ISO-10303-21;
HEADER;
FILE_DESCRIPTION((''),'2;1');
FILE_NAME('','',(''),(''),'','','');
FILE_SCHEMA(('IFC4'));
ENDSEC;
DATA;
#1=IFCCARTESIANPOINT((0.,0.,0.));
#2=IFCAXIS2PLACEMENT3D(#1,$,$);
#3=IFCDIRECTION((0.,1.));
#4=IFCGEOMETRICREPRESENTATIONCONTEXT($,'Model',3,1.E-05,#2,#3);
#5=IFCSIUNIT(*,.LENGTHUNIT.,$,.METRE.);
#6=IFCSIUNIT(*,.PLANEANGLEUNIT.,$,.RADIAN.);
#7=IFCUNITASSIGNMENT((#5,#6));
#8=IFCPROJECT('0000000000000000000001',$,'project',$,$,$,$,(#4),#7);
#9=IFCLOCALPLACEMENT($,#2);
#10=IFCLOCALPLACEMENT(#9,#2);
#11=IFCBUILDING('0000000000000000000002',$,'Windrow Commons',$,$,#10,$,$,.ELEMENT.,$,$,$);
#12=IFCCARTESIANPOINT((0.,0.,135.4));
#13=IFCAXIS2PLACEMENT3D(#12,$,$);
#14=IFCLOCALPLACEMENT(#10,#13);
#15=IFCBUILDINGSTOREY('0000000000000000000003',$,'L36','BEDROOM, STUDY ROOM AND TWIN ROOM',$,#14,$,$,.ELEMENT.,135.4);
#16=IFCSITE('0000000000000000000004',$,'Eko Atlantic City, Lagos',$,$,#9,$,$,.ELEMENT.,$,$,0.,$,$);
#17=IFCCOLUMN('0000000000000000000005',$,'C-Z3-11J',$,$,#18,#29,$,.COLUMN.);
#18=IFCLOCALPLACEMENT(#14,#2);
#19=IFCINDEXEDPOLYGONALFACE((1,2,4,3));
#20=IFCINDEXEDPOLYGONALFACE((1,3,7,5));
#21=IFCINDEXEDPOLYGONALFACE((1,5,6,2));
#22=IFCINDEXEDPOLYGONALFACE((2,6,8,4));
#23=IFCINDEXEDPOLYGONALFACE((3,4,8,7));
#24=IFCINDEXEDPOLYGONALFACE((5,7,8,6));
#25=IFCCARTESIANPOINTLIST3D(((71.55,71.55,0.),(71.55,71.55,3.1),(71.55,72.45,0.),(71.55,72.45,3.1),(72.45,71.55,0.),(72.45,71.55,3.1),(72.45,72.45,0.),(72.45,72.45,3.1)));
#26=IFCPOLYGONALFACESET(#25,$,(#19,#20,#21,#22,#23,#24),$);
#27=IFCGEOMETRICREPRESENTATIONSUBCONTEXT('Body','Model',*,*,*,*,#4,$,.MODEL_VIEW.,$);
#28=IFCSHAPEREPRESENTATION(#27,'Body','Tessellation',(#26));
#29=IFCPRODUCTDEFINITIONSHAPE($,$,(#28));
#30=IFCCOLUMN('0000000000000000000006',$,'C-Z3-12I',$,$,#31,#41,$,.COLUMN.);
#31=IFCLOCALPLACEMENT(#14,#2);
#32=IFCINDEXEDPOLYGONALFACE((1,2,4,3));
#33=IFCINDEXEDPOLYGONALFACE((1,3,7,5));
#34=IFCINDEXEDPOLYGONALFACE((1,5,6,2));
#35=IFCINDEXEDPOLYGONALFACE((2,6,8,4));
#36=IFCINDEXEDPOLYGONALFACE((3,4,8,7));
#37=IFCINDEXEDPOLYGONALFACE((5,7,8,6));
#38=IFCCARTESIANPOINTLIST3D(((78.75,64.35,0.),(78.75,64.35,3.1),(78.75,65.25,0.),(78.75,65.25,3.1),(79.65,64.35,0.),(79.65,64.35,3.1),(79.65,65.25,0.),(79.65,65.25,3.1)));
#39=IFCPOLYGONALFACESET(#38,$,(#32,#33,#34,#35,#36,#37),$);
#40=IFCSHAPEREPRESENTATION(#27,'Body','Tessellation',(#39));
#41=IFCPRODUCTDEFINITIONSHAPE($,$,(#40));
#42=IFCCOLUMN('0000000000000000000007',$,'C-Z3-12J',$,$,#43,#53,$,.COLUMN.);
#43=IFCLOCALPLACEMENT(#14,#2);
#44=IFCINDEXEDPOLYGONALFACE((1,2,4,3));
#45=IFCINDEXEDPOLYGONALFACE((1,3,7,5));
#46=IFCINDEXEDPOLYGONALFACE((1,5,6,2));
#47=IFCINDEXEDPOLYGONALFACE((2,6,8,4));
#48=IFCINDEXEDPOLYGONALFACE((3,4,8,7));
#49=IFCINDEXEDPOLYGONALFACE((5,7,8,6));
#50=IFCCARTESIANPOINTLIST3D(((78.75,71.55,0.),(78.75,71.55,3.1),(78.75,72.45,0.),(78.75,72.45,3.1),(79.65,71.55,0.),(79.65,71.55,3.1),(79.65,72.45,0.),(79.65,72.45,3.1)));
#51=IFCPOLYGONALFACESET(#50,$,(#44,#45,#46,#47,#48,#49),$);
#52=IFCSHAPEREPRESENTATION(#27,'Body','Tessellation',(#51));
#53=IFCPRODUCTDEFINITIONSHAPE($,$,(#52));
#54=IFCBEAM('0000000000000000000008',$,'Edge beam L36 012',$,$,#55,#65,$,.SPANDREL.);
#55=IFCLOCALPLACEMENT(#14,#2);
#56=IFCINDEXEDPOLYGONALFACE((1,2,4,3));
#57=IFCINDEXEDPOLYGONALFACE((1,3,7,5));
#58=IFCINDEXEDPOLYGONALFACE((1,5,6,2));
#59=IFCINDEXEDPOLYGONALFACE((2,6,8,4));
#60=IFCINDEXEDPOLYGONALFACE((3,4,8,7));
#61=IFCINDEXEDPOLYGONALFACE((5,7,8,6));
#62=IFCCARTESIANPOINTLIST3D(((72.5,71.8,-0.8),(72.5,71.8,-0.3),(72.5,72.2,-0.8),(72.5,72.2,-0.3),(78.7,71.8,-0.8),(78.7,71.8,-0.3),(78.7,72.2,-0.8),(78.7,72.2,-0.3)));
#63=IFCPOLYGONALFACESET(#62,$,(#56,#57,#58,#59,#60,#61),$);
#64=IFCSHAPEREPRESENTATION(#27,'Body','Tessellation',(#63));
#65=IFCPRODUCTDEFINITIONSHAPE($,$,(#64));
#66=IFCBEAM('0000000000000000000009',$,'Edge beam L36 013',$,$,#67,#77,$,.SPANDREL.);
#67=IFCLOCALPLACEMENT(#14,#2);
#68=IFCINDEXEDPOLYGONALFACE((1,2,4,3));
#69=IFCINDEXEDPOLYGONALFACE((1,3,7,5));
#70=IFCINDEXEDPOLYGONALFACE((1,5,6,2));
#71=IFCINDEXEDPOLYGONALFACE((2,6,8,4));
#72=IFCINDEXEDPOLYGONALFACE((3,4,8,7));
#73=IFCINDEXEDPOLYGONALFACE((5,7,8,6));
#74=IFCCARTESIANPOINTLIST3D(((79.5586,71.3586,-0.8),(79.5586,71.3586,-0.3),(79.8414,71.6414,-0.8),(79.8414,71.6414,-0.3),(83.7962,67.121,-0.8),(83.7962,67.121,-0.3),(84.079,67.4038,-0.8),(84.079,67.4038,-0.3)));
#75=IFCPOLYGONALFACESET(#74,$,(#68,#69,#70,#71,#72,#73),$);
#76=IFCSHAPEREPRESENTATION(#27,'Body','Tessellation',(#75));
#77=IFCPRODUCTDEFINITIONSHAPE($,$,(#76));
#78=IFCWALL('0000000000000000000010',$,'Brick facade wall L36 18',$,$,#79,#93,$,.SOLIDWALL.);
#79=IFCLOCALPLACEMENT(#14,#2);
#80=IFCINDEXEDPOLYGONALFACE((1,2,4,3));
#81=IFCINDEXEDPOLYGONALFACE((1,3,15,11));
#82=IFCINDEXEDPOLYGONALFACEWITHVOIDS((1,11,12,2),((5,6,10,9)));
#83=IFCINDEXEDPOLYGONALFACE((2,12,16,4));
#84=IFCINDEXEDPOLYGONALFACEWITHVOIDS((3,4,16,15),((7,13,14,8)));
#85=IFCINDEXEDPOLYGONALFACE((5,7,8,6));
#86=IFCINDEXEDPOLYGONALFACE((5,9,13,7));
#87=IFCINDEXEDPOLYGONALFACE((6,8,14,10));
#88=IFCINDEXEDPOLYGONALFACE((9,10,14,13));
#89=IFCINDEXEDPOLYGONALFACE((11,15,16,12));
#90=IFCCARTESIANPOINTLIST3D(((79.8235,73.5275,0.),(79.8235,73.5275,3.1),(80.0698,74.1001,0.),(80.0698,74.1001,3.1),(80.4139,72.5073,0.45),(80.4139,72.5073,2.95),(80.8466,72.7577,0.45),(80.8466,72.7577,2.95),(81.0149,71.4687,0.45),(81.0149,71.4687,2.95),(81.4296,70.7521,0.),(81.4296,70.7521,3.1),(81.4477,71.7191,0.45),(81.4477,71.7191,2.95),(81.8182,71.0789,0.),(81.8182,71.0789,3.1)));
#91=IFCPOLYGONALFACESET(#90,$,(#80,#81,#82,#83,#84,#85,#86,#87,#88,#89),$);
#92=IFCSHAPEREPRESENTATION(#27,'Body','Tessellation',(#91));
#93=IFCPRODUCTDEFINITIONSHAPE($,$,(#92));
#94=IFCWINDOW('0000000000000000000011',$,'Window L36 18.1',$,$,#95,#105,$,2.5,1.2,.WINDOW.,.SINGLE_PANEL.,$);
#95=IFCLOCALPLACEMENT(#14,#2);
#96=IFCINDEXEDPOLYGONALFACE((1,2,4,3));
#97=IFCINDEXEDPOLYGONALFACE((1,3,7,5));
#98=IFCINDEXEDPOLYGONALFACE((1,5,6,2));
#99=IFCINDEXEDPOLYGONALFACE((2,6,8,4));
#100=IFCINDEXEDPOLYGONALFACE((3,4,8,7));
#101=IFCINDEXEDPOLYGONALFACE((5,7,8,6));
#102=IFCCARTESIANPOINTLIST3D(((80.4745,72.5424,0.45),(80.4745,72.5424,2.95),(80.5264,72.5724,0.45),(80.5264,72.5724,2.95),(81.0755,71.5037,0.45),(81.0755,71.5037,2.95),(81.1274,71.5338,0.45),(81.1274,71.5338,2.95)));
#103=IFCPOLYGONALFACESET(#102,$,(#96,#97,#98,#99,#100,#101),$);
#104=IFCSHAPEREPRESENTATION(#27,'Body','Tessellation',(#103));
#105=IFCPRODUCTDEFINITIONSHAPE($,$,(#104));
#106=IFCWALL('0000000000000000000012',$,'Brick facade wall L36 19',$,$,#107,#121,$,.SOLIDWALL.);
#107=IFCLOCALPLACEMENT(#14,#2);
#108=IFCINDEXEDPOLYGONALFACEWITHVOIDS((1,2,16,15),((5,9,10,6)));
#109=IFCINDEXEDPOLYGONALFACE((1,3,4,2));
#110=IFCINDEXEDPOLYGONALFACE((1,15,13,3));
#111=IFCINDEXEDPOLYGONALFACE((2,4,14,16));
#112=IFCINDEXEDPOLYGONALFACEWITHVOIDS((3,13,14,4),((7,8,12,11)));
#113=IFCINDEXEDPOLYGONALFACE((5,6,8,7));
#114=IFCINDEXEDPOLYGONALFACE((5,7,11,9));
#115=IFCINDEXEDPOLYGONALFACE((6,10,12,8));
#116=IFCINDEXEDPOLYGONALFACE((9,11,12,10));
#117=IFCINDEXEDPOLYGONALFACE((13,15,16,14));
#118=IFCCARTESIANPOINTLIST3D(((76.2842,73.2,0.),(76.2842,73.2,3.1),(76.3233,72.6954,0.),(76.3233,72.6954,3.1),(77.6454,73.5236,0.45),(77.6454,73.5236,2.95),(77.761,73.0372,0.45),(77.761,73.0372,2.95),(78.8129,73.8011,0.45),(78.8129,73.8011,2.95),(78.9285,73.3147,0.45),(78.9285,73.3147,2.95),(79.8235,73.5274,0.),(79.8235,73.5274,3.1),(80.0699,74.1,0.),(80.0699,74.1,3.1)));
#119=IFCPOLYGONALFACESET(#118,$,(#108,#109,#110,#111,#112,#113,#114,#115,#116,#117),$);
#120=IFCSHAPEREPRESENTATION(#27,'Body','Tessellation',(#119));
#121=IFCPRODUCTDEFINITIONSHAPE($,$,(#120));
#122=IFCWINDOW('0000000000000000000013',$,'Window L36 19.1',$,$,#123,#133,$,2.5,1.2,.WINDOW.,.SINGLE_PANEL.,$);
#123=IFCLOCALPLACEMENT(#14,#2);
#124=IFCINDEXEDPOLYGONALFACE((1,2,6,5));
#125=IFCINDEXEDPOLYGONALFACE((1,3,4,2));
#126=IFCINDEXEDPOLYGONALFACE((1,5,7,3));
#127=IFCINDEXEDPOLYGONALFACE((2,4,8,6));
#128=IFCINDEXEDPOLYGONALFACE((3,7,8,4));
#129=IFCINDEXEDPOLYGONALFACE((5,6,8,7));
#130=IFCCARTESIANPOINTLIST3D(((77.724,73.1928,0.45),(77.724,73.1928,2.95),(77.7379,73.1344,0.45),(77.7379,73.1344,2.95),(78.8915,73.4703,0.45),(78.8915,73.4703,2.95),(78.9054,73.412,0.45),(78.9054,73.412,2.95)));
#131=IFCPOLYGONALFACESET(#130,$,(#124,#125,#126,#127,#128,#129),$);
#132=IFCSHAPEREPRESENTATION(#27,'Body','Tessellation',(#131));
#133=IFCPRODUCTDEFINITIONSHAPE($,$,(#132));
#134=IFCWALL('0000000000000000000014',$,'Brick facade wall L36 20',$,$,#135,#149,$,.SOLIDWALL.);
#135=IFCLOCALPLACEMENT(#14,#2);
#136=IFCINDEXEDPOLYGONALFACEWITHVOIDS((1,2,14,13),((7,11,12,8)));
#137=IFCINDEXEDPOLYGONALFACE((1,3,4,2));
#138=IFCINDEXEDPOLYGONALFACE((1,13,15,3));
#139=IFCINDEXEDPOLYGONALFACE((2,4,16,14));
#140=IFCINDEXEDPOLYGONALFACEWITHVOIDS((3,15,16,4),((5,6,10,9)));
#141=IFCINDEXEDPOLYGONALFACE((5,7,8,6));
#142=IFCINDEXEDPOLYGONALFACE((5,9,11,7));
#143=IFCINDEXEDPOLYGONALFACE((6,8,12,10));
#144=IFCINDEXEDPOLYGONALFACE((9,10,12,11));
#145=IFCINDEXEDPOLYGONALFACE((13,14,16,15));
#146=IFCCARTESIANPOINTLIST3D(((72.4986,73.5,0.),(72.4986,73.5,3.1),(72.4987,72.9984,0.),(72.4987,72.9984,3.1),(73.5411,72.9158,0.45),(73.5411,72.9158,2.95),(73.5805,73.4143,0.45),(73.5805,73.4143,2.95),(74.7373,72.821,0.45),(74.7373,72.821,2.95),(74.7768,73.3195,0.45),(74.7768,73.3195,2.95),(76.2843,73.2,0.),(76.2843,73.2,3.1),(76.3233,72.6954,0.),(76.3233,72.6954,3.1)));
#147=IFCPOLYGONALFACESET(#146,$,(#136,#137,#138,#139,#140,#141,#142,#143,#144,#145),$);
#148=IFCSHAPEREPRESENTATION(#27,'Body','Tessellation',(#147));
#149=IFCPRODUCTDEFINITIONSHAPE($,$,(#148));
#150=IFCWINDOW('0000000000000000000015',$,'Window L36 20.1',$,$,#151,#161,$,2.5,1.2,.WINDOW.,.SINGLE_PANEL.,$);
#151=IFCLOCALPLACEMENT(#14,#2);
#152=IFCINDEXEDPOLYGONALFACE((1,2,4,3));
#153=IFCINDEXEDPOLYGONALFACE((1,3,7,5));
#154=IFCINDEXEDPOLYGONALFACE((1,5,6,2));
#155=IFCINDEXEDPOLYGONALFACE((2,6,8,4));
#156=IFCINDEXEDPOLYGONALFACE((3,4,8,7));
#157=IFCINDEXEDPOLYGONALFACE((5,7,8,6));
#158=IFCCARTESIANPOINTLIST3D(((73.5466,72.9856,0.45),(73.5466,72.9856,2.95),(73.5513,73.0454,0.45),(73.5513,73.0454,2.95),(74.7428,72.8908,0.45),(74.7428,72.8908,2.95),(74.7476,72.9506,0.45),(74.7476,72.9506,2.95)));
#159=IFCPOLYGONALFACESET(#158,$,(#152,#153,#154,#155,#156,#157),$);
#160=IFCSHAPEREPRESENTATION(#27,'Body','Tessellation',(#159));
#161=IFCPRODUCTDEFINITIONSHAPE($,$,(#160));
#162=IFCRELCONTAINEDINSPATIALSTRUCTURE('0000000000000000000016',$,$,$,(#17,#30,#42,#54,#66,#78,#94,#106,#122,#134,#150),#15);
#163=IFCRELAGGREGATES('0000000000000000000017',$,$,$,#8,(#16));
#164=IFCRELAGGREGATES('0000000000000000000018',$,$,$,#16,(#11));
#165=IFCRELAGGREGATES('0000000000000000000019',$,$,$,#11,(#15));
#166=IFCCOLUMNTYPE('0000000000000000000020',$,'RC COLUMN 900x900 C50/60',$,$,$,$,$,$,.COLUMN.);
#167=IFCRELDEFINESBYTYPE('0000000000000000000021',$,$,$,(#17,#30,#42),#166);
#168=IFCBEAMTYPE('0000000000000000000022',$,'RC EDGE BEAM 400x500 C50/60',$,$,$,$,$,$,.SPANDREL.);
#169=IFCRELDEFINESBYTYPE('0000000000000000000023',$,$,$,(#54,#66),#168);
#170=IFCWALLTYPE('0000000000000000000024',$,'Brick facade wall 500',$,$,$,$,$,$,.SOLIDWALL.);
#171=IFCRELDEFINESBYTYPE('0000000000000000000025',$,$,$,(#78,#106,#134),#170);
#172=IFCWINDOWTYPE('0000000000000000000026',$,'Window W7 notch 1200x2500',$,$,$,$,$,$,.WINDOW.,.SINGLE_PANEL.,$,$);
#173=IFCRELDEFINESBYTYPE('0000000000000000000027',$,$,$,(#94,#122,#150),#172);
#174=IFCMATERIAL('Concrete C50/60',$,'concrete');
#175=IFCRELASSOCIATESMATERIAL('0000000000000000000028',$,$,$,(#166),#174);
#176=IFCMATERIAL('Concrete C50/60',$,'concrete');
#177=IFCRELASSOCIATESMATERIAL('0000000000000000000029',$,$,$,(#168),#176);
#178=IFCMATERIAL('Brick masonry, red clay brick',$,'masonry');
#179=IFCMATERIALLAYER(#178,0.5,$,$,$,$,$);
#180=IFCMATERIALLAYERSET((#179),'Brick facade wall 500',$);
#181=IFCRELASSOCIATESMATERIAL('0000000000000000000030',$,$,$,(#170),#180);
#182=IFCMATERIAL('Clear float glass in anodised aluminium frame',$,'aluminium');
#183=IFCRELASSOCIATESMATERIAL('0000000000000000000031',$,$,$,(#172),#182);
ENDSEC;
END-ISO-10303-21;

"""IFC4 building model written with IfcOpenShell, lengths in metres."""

from ifc_helpers import new_model, si_unit, direction, frame, frame_2d, origin, origin_2d, place, context, subcontext, project, spatial, polyline, rectangle, outline, extrude, material, layer, layer_set, material_profile, profile_set, type_object, element, fill, save


model = new_model("IFC4")

# Units and contexts
model_context = context("Model", 3, precision=1e-05, world=origin(), true_north=direction((0.0, 1.0)))
body_context = subcontext(model_context, "Body", "Model", "MODEL_VIEW")
ifc_project = project(units=[si_unit("LENGTHUNIT", "METRE"), si_unit("PLANEANGLEUNIT", "RADIAN")], contexts=[model_context])

# Site, building, storey
site_placement = place(None, origin())
site = spatial("IfcSite", under=ifc_project, at=site_placement, Name="Eko Atlantic City, Lagos", CompositionType="ELEMENT", RefElevation=0.0)
building_placement = place(site_placement, origin())
building = spatial("IfcBuilding", under=site, at=building_placement, Name="Windrow Commons", CompositionType="ELEMENT")
storey_placement = place(building_placement, frame((0.0, 0.0, 135.4)))
storey = spatial("IfcBuildingStorey", under=building, at=storey_placement, Name="L36", Description="BEDROOM, STUDY ROOM AND TWIN ROOM", CompositionType="ELEMENT", Elevation=135.4)

# Columns
ifc_material_1 = material(Name="Concrete C50/60", Category="concrete")
ifc_material_profile_1 = material_profile(ifc_material_1, rectangle(XDim=0.9, YDim=0.9, at=origin_2d()))
ifc_profile_set_1 = profile_set([ifc_material_profile_1], Name="Concrete C50/60")
column_type = type_object("IfcColumnType", Name="RC COLUMN 900x900 C50/60", PredefinedType="COLUMN", material=ifc_profile_set_1)
for number, where, z_axis, x_axis, name in (
    (1, (72.0, 72.0, 0.0), (0.0, 0.0, 1.0), (1.0, 0.0, 0.0), "C-Z3-11J"),
    (2, (79.2, 64.8, 0.0), (0.0, 0.0, 1.0), (1.0, 0.0, 0.0), "C-Z3-12I"),
    (3, (79.2, 72.0, 0.0), (0.0, 0.0, 1.0), (1.0, 0.0, 0.0), "C-Z3-12J"),
):
    element("IfcColumn", number, at=place(storey_placement, frame(where, z_axis=z_axis, x_axis=x_axis)), inside=storey, type_object=column_type, Name=name, PredefinedType="COLUMN", context=body_context, shape_type="SweptSolid", body=[
        extrude(rectangle(XDim=0.9, YDim=0.9, at=origin_2d()), origin(), (0.0, 0.0, 1.0), 3.1),
    ])

# Beams
ifc_material_2 = material(Name="Concrete C50/60", Category="concrete")
ifc_material_profile_2 = material_profile(ifc_material_2, rectangle(XDim=0.4, YDim=0.5, at=origin_2d()))
ifc_profile_set_2 = profile_set([ifc_material_profile_2], Name="Concrete C50/60")
beam_type = type_object("IfcBeamType", Name="RC EDGE BEAM 400x500 C50/60", PredefinedType="SPANDREL", material=ifc_profile_set_2)
beam_1_placement = place(storey_placement, frame((72.5, 72.0, -0.55), z_axis=(1.0, 0.0, 0.0), x_axis=(0.0, 1.0, 0.0)))
element("IfcBeam", 4, at=beam_1_placement, inside=storey, type_object=beam_type, Name="Edge beam L36 012", PredefinedType="SPANDREL", context=body_context, shape_type="SweptSolid", body=[
    extrude(rectangle(XDim=0.4, YDim=0.5, at=origin_2d()), origin(), (0.0, 0.0, 1.0), 6.2),
])
beam_2_placement = place(storey_placement, frame((79.7, 71.5, -0.55), z_axis=(0.707107, -0.707107, 0.0), x_axis=(0.707107, 0.707107, 0.0)))
element("IfcBeam", 5, at=beam_2_placement, inside=storey, type_object=beam_type, Name="Edge beam L36 013", PredefinedType="SPANDREL", context=body_context, shape_type="SweptSolid", body=[
    extrude(rectangle(XDim=0.4, YDim=0.5, at=origin_2d()), origin(), (0.0, 0.0, 1.0), 5.9929),
])

# Walls, openings, windows
ifc_material_3 = material(Name="Brick masonry, red clay brick", Category="masonry")
ifc_layer_1 = layer(ifc_material_3, 0.5)
ifc_layer_set_1 = layer_set([ifc_layer_1], Name="Brick facade wall 500")
wall_type_1 = type_object("IfcWallType", Name="Brick facade wall 500", PredefinedType="SOLIDWALL", material=ifc_layer_set_1)
wall_1_placement = place(storey_placement, frame((81.6239, 70.9155, 0.0), z_axis=(0.0, 0.0, 1.0), x_axis=(-0.500879, 0.865518, 0.0)))
wall_1 = element("IfcWall", 6, at=wall_1_placement, inside=storey, type_object=wall_type_1, Name="Brick facade wall L36 18", PredefinedType="SOLIDWALL", context=body_context, shape_type="SweptSolid", body=[
    extrude(outline(polyline([(0.0441, -0.25), (3.5347, -0.25), (3.1625, 0.25), (-0.0441, 0.25), (0.0441, -0.25)])), origin(), (0.0, 0.0, 1.0), 3.1),
])
opening_1_placement = place(wall_1_placement, frame((0.7838, 0.0, 0.45)))
opening_1 = element("IfcOpeningElement", 7, at=opening_1_placement, cuts=wall_1, PredefinedType="OPENING", context=body_context, shape_type="SweptSolid", body=[
    extrude(rectangle(XDim=1.2, YDim=2.5, at=frame_2d((0.6, 1.25))), frame((0.0, 0.26, 0.0), z_axis=(0.0, -1.0, 0.0), x_axis=(1.0, 0.0, 0.0)), (0.0, 0.0, 1.0), 0.52),
])
ifc_material_4 = material(Name="Clear float glass in anodised aluminium frame", Category="aluminium")
window_type_1 = type_object("IfcWindowType", Name="Window W7 notch 1200x2500", PartitioningType="SINGLE_PANEL", PredefinedType="WINDOW", material=ifc_material_4)
window_1_placement = place(opening_1_placement, origin())
window_1 = element("IfcWindow", 8, at=window_1_placement, inside=storey, type_object=window_type_1, Name="Window L36 18.1", OverallHeight=2.5, OverallWidth=1.2, PartitioningType="SINGLE_PANEL", PredefinedType="WINDOW", context=body_context, shape_type="SweptSolid", body=[
    extrude(rectangle(XDim=1.2, YDim=2.5, at=frame_2d((0.6, 1.25))), frame((0.0, 0.18, 0.0), z_axis=(0.0, -1.0, 0.0), x_axis=(1.0, 0.0, 0.0)), (0.0, 0.0, 1.0), 0.06),
])
fill(opening_1, window_1)
wall_2_placement = place(storey_placement, frame((79.9467, 73.8137, 0.0), z_axis=(0.0, 0.0, 1.0), x_axis=(-0.972888, -0.231278, 0.0)))
wall_2 = element("IfcWall", 9, at=wall_2_placement, inside=storey, type_object=wall_type_1, Name="Brick facade wall L36 19", PredefinedType="SOLIDWALL", context=body_context, shape_type="SweptSolid", body=[
    extrude(outline(polyline([(-0.1861, -0.25), (3.7051, -0.25), (3.7838, 0.25), (0.1861, 0.25), (-0.1861, -0.25)])), origin(), (0.0, 0.0, 1.0), 3.1),
])
opening_2_placement = place(wall_2_placement, frame((1.106, 0.0, 0.45)))
opening_2 = element("IfcOpeningElement", 10, at=opening_2_placement, cuts=wall_2, PredefinedType="OPENING", context=body_context, shape_type="SweptSolid", body=[
    extrude(rectangle(XDim=1.2, YDim=2.5, at=frame_2d((0.6, 1.25))), frame((0.0, 0.26, 0.0), z_axis=(0.0, -1.0, 0.0), x_axis=(1.0, 0.0, 0.0)), (0.0, 0.0, 1.0), 0.52),
])
window_2_placement = place(opening_2_placement, origin())
window_2 = element("IfcWindow", 11, at=window_2_placement, inside=storey, type_object=window_type_1, Name="Window L36 19.1", OverallHeight=2.5, OverallWidth=1.2, PartitioningType="SINGLE_PANEL", PredefinedType="WINDOW", context=body_context, shape_type="SweptSolid", body=[
    extrude(rectangle(XDim=1.2, YDim=2.5, at=frame_2d((0.6, 1.25))), frame((0.0, 0.15, 0.0), z_axis=(0.0, -1.0, 0.0), x_axis=(1.0, 0.0, 0.0)), (0.0, 0.0, 1.0), 0.06),
])
fill(opening_2, window_2)
wall_3_placement = place(storey_placement, frame((76.3038, 72.9477, 0.0), z_axis=(0.0, 0.0, 1.0), x_axis=(-0.996876, 0.078988, 0.0)))
wall_3 = element("IfcWall", 12, at=wall_3_placement, inside=storey, type_object=wall_type_1, Name="Brick facade wall L36 20", PredefinedType="SOLIDWALL", context=body_context, shape_type="SweptSolid", body=[
    extrude(outline(polyline([(0.0394, -0.25), (3.8369, -0.25), (3.7972, 0.25), (-0.0394, 0.25), (0.0394, -0.25)])), origin(), (0.0, 0.0, 1.0), 3.1),
])
opening_3_placement = place(wall_3_placement, frame((1.5516, 0.0, 0.45)))
opening_3 = element("IfcOpeningElement", 13, at=opening_3_placement, cuts=wall_3, PredefinedType="OPENING", context=body_context, shape_type="SweptSolid", body=[
    extrude(rectangle(XDim=1.2, YDim=2.5, at=frame_2d((0.6, 1.25))), frame((0.0, 0.26, 0.0), z_axis=(0.0, -1.0, 0.0), x_axis=(1.0, 0.0, 0.0)), (0.0, 0.0, 1.0), 0.52),
])
window_3_placement = place(opening_3_placement, origin())
window_3 = element("IfcWindow", 14, at=window_3_placement, inside=storey, type_object=window_type_1, Name="Window L36 20.1", OverallHeight=2.5, OverallWidth=1.2, PartitioningType="SINGLE_PANEL", PredefinedType="WINDOW", context=body_context, shape_type="SweptSolid", body=[
    extrude(rectangle(XDim=1.2, YDim=2.5, at=frame_2d((0.6, 1.25))), frame((0.0, 0.18, 0.0), z_axis=(0.0, -1.0, 0.0), x_axis=(1.0, 0.0, 0.0)), (0.0, 0.0, 1.0), 0.06),
])
fill(opening_3, window_3)

save(model, "model.ifc")
